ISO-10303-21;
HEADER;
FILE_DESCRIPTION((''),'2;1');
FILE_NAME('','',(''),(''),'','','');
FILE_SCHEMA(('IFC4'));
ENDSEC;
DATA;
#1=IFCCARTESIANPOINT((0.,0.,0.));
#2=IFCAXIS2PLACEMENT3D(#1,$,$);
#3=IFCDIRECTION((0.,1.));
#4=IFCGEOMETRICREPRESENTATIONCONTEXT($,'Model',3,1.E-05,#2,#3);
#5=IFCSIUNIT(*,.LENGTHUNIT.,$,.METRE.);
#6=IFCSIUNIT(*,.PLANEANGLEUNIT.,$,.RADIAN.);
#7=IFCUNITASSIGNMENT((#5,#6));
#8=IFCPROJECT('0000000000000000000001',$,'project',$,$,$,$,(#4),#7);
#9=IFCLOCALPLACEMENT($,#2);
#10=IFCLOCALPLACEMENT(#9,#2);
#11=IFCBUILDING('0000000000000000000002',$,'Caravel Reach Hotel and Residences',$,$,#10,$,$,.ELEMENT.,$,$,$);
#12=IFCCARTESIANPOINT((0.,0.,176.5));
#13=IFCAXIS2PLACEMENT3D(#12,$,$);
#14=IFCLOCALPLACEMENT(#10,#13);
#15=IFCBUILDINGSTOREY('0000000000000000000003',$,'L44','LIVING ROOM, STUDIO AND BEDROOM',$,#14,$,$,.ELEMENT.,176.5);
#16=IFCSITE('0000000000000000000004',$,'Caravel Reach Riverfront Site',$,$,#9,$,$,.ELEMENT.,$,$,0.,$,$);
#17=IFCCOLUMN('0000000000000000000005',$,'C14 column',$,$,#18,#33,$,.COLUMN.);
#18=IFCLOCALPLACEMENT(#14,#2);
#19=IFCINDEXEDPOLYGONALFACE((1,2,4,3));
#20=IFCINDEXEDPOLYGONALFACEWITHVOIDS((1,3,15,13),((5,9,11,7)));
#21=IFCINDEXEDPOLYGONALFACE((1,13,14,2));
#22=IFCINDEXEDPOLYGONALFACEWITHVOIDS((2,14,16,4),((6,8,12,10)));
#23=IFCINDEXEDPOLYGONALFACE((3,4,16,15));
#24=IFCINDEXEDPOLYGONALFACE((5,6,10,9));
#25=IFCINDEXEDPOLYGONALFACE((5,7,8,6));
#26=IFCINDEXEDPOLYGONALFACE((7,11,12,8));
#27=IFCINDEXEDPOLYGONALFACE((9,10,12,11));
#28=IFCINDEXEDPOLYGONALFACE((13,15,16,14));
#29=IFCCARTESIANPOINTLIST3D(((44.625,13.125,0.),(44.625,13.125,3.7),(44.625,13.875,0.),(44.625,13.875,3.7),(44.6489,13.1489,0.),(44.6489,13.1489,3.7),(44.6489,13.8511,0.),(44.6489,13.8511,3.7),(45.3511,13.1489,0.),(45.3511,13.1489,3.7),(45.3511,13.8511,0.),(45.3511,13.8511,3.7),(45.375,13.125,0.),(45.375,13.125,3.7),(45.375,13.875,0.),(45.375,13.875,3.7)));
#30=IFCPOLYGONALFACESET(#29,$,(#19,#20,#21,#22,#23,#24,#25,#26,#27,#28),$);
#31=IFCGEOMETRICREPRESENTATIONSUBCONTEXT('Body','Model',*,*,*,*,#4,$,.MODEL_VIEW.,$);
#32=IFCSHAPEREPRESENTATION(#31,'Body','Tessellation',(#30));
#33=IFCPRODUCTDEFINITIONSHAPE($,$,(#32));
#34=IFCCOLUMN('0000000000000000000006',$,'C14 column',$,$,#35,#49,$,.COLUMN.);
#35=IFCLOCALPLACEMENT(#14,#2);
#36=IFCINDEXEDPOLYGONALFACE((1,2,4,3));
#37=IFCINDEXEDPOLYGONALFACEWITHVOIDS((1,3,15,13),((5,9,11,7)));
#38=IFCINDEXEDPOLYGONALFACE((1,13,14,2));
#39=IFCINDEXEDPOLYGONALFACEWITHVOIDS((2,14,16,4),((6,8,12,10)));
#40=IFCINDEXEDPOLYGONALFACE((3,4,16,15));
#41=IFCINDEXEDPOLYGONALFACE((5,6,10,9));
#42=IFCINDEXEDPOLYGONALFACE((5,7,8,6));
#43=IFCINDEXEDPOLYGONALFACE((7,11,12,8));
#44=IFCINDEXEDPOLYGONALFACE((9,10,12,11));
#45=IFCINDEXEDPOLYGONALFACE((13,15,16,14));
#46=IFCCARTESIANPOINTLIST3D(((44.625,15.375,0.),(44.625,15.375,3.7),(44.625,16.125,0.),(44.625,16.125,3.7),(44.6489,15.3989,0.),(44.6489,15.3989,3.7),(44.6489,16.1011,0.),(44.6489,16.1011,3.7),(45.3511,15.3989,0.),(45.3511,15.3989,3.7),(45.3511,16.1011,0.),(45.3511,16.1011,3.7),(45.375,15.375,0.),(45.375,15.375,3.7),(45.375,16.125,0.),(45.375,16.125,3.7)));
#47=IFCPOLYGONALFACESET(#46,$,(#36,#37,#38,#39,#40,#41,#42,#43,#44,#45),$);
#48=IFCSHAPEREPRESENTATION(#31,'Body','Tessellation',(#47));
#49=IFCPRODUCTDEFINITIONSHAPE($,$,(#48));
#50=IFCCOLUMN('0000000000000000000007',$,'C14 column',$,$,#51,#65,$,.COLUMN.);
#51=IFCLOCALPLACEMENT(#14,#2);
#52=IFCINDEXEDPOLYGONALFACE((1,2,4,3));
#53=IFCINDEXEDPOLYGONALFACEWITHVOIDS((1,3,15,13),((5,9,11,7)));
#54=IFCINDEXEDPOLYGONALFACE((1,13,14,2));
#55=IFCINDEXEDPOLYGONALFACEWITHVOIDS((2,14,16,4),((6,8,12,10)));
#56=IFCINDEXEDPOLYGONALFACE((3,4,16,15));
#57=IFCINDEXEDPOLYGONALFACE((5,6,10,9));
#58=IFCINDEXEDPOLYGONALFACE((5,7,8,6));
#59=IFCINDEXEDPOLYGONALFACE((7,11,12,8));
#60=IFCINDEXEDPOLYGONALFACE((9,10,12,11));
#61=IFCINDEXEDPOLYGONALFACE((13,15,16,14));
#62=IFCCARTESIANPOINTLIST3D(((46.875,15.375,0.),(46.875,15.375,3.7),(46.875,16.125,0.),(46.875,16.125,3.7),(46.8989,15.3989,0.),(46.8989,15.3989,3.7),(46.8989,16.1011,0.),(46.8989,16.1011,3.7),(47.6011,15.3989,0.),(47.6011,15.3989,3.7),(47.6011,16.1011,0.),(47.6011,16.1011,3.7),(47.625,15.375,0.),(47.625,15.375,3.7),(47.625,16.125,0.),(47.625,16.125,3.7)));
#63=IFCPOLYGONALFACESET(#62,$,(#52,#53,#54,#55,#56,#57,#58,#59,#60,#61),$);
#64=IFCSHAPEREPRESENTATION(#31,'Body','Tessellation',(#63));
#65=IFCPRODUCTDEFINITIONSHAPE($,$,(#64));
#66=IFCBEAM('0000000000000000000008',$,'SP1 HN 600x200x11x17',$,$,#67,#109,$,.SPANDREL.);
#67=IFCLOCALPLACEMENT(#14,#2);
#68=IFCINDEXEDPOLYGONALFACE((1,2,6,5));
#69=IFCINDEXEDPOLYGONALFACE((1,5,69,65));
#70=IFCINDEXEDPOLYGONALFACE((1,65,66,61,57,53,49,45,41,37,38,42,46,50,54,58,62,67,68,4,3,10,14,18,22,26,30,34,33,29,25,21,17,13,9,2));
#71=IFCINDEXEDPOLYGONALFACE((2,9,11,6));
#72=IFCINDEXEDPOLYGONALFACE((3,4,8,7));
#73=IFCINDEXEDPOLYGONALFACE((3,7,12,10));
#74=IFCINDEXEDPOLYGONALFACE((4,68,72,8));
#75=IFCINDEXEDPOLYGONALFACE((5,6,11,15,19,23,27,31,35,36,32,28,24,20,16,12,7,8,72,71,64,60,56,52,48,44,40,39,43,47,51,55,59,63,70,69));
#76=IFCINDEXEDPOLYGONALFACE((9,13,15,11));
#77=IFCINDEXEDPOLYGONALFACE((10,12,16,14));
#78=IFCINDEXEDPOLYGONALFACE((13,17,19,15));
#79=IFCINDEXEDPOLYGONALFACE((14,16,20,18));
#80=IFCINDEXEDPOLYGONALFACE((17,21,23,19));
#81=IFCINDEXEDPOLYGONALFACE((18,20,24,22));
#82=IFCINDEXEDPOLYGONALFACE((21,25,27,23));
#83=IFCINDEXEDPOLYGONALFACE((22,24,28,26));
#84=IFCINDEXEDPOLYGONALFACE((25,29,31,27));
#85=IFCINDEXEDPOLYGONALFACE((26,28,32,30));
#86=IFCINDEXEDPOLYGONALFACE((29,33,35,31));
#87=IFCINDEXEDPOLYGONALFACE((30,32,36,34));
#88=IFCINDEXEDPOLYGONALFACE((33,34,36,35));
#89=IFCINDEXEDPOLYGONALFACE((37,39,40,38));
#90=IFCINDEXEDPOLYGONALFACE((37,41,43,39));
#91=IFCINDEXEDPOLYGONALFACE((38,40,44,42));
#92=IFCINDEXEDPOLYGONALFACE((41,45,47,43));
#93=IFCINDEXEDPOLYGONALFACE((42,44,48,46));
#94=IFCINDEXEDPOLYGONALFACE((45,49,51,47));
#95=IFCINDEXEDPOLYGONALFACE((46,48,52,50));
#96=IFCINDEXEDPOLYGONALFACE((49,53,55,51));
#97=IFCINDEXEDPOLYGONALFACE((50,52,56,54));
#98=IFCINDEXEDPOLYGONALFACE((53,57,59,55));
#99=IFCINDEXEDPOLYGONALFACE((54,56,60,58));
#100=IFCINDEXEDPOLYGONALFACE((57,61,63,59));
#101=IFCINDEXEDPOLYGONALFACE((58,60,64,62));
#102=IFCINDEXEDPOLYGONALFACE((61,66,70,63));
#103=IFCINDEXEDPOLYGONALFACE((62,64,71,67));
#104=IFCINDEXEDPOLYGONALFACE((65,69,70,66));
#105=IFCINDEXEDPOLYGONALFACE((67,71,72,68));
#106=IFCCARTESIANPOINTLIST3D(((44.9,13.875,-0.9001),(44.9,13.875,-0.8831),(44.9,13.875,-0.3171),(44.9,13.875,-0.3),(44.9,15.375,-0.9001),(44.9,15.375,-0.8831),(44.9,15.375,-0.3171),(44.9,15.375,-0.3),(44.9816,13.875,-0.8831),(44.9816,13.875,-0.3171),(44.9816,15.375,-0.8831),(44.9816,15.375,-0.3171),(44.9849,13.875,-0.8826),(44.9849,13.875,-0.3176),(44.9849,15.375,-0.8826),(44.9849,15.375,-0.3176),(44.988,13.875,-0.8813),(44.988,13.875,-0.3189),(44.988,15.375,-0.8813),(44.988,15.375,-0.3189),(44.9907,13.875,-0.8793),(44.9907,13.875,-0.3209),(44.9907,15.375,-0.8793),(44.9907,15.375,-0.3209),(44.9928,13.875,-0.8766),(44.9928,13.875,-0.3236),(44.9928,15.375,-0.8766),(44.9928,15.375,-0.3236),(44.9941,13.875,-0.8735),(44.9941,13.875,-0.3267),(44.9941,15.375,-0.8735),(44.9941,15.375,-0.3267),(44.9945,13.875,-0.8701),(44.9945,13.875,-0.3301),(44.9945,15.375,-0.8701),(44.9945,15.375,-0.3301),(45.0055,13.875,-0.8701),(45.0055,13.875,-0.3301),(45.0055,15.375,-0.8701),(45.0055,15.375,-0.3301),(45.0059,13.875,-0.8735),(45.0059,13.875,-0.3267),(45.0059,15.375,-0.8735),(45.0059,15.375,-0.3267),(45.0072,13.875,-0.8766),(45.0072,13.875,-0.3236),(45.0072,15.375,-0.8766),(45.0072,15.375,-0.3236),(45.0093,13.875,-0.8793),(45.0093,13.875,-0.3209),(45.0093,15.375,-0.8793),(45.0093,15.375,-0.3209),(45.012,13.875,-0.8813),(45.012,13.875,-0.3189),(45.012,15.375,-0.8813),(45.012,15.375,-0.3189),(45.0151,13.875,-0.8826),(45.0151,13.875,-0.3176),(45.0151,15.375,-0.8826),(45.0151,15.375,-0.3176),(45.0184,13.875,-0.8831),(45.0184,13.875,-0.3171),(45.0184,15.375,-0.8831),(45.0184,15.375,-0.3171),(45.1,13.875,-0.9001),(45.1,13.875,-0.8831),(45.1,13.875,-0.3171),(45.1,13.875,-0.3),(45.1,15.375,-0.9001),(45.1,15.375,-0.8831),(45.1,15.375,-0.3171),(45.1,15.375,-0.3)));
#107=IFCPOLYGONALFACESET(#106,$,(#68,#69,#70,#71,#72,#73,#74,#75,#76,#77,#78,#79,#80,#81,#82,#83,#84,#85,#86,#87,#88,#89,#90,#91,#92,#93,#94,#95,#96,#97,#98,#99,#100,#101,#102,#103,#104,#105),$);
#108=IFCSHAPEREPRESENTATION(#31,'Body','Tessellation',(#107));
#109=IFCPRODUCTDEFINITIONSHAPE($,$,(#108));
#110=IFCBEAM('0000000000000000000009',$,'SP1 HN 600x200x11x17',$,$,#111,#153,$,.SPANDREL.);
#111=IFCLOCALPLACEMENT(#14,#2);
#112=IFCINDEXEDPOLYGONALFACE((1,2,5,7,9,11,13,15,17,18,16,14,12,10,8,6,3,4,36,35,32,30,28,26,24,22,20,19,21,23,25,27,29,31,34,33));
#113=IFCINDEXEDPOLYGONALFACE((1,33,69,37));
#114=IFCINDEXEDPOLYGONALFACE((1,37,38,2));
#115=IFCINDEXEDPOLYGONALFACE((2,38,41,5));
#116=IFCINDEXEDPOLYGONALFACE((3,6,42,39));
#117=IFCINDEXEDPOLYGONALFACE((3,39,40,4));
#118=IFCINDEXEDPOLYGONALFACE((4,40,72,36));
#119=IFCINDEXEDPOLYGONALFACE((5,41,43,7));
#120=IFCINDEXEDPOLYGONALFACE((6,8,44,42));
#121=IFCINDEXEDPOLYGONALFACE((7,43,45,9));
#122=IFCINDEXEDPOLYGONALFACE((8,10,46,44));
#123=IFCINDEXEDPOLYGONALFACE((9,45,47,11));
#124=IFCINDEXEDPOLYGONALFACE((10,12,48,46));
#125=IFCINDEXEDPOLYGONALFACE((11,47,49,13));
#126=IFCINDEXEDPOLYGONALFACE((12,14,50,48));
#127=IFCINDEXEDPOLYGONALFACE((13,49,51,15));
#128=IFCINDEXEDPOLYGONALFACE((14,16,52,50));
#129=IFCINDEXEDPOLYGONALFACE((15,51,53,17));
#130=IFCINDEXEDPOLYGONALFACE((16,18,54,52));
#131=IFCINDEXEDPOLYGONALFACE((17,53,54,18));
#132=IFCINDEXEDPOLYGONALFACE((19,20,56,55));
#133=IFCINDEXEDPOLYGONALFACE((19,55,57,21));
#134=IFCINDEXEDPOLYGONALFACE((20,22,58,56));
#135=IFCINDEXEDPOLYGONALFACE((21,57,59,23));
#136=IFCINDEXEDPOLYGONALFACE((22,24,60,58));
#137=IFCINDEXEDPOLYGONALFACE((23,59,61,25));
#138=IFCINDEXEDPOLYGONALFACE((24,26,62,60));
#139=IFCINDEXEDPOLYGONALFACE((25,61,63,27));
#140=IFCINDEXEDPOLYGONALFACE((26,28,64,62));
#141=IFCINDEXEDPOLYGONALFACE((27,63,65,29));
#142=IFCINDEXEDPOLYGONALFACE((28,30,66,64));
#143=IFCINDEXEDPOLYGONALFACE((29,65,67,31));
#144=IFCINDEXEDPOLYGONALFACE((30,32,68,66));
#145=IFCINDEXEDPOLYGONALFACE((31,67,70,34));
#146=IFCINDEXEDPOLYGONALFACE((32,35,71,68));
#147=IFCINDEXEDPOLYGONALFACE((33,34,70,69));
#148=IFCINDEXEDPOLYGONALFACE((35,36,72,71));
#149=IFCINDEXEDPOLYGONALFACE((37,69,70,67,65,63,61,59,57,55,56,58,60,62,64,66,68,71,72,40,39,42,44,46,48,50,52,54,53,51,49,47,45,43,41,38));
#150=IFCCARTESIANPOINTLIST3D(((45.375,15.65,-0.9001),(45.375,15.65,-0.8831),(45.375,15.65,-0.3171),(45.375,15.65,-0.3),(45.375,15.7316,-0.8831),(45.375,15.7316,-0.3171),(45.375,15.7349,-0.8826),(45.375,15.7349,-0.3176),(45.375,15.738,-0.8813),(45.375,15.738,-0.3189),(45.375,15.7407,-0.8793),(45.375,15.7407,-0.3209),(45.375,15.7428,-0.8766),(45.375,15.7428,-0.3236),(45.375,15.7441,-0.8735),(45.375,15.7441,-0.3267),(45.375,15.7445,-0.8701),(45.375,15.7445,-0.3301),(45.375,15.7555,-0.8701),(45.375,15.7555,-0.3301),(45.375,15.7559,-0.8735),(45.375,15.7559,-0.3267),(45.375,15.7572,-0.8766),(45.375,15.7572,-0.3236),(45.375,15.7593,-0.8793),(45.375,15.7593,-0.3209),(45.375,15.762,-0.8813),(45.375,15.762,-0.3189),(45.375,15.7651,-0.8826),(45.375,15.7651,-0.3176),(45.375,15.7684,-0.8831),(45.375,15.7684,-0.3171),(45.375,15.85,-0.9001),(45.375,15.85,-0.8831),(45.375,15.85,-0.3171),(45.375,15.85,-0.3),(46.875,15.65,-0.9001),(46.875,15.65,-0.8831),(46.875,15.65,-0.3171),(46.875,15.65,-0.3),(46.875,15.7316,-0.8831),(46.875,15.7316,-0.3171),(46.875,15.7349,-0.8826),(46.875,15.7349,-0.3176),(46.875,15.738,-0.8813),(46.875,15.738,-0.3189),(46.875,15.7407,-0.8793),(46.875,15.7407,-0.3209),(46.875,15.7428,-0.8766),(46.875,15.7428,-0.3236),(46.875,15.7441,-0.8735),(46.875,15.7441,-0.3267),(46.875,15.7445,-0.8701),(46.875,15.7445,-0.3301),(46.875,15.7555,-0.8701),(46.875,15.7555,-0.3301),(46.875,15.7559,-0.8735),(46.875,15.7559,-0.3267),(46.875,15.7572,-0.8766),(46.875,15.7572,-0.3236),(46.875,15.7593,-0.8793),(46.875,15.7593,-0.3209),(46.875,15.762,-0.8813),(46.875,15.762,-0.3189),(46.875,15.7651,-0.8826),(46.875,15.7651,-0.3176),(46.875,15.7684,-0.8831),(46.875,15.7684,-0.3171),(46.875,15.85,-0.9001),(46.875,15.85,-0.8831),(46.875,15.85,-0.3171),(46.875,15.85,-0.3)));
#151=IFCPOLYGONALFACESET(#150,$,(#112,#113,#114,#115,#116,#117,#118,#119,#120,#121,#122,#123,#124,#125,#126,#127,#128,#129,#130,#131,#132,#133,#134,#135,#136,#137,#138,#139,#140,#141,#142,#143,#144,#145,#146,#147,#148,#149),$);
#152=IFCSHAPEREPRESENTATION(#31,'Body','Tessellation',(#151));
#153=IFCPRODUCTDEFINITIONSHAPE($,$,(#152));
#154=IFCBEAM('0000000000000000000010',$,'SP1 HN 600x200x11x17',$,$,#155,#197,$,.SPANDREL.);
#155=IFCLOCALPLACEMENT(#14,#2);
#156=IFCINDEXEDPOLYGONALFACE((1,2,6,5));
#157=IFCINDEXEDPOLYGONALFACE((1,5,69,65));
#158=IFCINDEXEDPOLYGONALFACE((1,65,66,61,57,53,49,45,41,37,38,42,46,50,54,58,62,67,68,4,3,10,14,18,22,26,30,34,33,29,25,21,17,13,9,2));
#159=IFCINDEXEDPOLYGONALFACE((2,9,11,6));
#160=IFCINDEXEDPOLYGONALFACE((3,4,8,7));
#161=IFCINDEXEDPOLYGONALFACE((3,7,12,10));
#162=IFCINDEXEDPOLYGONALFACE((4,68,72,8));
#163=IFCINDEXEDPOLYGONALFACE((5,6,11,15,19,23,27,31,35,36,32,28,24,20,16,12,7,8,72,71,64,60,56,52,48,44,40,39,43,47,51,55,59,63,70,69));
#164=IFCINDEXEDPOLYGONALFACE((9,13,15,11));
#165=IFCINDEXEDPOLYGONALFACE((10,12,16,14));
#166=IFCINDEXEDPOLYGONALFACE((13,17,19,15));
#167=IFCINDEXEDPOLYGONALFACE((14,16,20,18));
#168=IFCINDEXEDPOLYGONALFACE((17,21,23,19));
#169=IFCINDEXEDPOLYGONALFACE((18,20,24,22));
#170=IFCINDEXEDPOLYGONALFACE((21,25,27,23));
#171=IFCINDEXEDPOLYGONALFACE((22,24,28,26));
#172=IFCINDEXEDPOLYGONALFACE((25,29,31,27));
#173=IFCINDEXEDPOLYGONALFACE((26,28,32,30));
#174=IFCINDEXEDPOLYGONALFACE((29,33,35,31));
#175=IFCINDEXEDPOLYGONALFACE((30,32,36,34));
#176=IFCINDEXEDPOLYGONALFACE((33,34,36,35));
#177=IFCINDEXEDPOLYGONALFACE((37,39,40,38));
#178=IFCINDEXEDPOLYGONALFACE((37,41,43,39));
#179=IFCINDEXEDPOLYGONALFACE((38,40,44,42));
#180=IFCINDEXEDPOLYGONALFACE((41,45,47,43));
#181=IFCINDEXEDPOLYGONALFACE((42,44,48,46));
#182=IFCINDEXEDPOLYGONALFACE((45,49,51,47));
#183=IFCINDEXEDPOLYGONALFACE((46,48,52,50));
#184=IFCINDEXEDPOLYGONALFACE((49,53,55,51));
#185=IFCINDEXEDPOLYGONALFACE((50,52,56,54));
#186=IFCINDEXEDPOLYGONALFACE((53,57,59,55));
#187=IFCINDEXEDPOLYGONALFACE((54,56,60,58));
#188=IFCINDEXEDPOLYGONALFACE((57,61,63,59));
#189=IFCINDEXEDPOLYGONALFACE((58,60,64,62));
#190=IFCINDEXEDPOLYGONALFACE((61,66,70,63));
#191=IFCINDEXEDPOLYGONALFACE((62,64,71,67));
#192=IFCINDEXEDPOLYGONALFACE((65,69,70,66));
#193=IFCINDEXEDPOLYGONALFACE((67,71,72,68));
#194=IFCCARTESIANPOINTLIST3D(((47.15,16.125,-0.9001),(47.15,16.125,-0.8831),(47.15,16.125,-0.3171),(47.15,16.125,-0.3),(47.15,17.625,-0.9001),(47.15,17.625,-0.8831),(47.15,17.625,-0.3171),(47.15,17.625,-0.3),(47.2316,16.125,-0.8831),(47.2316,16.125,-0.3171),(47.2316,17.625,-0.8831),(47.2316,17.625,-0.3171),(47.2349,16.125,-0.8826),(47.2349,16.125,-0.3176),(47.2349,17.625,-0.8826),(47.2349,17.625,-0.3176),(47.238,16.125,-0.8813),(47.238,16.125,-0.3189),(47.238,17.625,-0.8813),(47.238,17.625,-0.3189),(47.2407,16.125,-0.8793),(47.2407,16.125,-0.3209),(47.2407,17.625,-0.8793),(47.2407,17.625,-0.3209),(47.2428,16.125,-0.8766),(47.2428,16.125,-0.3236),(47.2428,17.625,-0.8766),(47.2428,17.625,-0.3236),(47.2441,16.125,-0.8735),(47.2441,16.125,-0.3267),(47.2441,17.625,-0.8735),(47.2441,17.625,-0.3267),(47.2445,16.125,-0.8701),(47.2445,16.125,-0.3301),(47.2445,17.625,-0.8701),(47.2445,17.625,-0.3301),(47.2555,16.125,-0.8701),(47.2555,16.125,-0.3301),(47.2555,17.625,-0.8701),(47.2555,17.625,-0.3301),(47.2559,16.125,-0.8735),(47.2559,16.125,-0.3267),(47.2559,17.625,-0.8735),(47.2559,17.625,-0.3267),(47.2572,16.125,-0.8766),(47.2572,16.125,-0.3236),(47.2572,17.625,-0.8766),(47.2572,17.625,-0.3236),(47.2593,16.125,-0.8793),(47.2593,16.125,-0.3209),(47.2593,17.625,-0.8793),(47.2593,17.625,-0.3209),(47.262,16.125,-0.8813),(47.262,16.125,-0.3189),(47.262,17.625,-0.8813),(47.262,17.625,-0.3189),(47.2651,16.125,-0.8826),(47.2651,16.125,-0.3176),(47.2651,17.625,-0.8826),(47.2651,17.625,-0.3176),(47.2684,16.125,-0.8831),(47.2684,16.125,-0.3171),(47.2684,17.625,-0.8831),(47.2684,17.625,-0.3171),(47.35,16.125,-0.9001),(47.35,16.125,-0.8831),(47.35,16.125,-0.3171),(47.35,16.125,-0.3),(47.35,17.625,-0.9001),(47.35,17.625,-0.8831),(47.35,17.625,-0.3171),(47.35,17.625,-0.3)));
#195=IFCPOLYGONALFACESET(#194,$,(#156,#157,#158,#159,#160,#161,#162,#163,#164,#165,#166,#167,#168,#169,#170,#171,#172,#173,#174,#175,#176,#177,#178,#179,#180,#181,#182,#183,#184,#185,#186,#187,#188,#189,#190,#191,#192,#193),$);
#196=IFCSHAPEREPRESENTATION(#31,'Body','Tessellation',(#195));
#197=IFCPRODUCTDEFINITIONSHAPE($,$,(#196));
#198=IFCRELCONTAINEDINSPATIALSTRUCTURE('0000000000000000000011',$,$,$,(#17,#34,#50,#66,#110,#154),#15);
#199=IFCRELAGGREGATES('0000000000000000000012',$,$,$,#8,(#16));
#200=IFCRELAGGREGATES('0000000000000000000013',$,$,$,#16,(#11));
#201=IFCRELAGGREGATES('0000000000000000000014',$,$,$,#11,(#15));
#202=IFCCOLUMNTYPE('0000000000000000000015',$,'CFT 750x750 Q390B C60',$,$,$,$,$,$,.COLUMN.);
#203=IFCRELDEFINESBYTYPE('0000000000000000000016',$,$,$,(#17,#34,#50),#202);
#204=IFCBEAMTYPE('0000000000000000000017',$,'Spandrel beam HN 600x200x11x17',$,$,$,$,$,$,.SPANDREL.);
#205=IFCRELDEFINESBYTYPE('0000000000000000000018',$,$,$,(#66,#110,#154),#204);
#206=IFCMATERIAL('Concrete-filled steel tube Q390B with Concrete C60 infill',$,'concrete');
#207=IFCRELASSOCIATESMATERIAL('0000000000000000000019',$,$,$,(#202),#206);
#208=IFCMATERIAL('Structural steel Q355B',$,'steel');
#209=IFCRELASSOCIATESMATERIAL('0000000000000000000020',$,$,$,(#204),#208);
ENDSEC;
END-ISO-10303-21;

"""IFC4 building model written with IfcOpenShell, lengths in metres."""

from ifc_helpers import new_model, si_unit, direction, frame, origin, origin_2d, place, context, subcontext, project, spatial, hollow_rectangle, i_section, extrude, material, material_profile, profile_set, type_object, element, save


model = new_model("IFC4")

# Units and contexts
model_context = context("Model", 3, precision=1e-05, world=origin(), true_north=direction((0.0, 1.0)))
body_context = subcontext(model_context, "Body", "Model", "MODEL_VIEW")
ifc_project = project(units=[si_unit("LENGTHUNIT", "METRE"), si_unit("PLANEANGLEUNIT", "RADIAN")], contexts=[model_context])

# Site, building, storey
site_placement = place(None, origin())
site = spatial("IfcSite", under=ifc_project, at=site_placement, Name="Caravel Reach Riverfront Site", CompositionType="ELEMENT", RefElevation=0.0)
building_placement = place(site_placement, origin())
building = spatial("IfcBuilding", under=site, at=building_placement, Name="Caravel Reach Hotel and Residences", CompositionType="ELEMENT")
storey_placement = place(building_placement, frame((0.0, 0.0, 176.5)))
storey = spatial("IfcBuildingStorey", under=building, at=storey_placement, Name="L44", Description="LIVING ROOM, STUDIO AND BEDROOM", CompositionType="ELEMENT", Elevation=176.5)

# Columns
ifc_material_1 = material(Name="Concrete-filled steel tube Q390B with Concrete C60 infill", Category="concrete")
ifc_material_profile_1 = material_profile(ifc_material_1, hollow_rectangle(XDim=0.75, YDim=0.75, WallThickness=0.0239, at=origin_2d()), Name="RHS 750x750x24")
ifc_profile_set_1 = profile_set([ifc_material_profile_1], Name="Concrete-filled steel tube Q390B with Concrete C60 infill")
column_type = type_object("IfcColumnType", Name="CFT 750x750 Q390B C60", PredefinedType="COLUMN", material=ifc_profile_set_1)
for number, where, z_axis, x_axis, name in (
    (1, (45.0, 13.5, 0.0), (0.0, 0.0, 1.0), (1.0, 0.0, 0.0), "C14 column"),
    (2, (45.0, 15.75, 0.0), (0.0, 0.0, 1.0), (1.0, 0.0, 0.0), "C14 column"),
    (3, (47.25, 15.75, 0.0), (0.0, 0.0, 1.0), (1.0, 0.0, 0.0), "C14 column"),
):
    element("IfcColumn", number, at=place(storey_placement, frame(where, z_axis=z_axis, x_axis=x_axis)), inside=storey, type_object=column_type, Name=name, PredefinedType="COLUMN", context=body_context, shape_type="SweptSolid", body=[
        extrude(hollow_rectangle(XDim=0.75, YDim=0.75, WallThickness=0.0239, at=origin_2d()), origin(), (0.0, 0.0, 1.0), 3.7),
    ])

# Beams
ifc_material_2 = material(Name="Structural steel Q355B", Category="steel")
ifc_material_profile_2 = material_profile(ifc_material_2, i_section(OverallWidth=0.2, OverallDepth=0.6001, WebThickness=0.011, FlangeThickness=0.0171, FilletRadius=0.0129, at=origin_2d()), Name="HN 600x200x11x17")
ifc_profile_set_2 = profile_set([ifc_material_profile_2], Name="Structural steel Q355B")
beam_type = type_object("IfcBeamType", Name="Spandrel beam HN 600x200x11x17", PredefinedType="SPANDREL", material=ifc_profile_set_2)
for number, where, z_axis, x_axis, name in (
    (4, (45.0, 13.875, -0.6001), (0.0, 1.0, 0.0), (-1.0, 0.0, 0.0), "SP1 HN 600x200x11x17"),
    (5, (45.375, 15.75, -0.6001), (1.0, 0.0, 0.0), (0.0, 1.0, 0.0), "SP1 HN 600x200x11x17"),
    (6, (47.25, 16.125, -0.6001), (0.0, 1.0, 0.0), (-1.0, 0.0, 0.0), "SP1 HN 600x200x11x17"),
):
    element("IfcBeam", number, at=place(storey_placement, frame(where, z_axis=z_axis, x_axis=x_axis)), inside=storey, type_object=beam_type, Name=name, PredefinedType="SPANDREL", context=body_context, shape_type="SweptSolid", body=[
        extrude(i_section(OverallWidth=0.2, OverallDepth=0.6001, WebThickness=0.011, FlangeThickness=0.0171, FilletRadius=0.0129, at=origin_2d()), origin(), (0.0, 0.0, 1.0), 1.5),
    ])

save(model, "model.ifc")
